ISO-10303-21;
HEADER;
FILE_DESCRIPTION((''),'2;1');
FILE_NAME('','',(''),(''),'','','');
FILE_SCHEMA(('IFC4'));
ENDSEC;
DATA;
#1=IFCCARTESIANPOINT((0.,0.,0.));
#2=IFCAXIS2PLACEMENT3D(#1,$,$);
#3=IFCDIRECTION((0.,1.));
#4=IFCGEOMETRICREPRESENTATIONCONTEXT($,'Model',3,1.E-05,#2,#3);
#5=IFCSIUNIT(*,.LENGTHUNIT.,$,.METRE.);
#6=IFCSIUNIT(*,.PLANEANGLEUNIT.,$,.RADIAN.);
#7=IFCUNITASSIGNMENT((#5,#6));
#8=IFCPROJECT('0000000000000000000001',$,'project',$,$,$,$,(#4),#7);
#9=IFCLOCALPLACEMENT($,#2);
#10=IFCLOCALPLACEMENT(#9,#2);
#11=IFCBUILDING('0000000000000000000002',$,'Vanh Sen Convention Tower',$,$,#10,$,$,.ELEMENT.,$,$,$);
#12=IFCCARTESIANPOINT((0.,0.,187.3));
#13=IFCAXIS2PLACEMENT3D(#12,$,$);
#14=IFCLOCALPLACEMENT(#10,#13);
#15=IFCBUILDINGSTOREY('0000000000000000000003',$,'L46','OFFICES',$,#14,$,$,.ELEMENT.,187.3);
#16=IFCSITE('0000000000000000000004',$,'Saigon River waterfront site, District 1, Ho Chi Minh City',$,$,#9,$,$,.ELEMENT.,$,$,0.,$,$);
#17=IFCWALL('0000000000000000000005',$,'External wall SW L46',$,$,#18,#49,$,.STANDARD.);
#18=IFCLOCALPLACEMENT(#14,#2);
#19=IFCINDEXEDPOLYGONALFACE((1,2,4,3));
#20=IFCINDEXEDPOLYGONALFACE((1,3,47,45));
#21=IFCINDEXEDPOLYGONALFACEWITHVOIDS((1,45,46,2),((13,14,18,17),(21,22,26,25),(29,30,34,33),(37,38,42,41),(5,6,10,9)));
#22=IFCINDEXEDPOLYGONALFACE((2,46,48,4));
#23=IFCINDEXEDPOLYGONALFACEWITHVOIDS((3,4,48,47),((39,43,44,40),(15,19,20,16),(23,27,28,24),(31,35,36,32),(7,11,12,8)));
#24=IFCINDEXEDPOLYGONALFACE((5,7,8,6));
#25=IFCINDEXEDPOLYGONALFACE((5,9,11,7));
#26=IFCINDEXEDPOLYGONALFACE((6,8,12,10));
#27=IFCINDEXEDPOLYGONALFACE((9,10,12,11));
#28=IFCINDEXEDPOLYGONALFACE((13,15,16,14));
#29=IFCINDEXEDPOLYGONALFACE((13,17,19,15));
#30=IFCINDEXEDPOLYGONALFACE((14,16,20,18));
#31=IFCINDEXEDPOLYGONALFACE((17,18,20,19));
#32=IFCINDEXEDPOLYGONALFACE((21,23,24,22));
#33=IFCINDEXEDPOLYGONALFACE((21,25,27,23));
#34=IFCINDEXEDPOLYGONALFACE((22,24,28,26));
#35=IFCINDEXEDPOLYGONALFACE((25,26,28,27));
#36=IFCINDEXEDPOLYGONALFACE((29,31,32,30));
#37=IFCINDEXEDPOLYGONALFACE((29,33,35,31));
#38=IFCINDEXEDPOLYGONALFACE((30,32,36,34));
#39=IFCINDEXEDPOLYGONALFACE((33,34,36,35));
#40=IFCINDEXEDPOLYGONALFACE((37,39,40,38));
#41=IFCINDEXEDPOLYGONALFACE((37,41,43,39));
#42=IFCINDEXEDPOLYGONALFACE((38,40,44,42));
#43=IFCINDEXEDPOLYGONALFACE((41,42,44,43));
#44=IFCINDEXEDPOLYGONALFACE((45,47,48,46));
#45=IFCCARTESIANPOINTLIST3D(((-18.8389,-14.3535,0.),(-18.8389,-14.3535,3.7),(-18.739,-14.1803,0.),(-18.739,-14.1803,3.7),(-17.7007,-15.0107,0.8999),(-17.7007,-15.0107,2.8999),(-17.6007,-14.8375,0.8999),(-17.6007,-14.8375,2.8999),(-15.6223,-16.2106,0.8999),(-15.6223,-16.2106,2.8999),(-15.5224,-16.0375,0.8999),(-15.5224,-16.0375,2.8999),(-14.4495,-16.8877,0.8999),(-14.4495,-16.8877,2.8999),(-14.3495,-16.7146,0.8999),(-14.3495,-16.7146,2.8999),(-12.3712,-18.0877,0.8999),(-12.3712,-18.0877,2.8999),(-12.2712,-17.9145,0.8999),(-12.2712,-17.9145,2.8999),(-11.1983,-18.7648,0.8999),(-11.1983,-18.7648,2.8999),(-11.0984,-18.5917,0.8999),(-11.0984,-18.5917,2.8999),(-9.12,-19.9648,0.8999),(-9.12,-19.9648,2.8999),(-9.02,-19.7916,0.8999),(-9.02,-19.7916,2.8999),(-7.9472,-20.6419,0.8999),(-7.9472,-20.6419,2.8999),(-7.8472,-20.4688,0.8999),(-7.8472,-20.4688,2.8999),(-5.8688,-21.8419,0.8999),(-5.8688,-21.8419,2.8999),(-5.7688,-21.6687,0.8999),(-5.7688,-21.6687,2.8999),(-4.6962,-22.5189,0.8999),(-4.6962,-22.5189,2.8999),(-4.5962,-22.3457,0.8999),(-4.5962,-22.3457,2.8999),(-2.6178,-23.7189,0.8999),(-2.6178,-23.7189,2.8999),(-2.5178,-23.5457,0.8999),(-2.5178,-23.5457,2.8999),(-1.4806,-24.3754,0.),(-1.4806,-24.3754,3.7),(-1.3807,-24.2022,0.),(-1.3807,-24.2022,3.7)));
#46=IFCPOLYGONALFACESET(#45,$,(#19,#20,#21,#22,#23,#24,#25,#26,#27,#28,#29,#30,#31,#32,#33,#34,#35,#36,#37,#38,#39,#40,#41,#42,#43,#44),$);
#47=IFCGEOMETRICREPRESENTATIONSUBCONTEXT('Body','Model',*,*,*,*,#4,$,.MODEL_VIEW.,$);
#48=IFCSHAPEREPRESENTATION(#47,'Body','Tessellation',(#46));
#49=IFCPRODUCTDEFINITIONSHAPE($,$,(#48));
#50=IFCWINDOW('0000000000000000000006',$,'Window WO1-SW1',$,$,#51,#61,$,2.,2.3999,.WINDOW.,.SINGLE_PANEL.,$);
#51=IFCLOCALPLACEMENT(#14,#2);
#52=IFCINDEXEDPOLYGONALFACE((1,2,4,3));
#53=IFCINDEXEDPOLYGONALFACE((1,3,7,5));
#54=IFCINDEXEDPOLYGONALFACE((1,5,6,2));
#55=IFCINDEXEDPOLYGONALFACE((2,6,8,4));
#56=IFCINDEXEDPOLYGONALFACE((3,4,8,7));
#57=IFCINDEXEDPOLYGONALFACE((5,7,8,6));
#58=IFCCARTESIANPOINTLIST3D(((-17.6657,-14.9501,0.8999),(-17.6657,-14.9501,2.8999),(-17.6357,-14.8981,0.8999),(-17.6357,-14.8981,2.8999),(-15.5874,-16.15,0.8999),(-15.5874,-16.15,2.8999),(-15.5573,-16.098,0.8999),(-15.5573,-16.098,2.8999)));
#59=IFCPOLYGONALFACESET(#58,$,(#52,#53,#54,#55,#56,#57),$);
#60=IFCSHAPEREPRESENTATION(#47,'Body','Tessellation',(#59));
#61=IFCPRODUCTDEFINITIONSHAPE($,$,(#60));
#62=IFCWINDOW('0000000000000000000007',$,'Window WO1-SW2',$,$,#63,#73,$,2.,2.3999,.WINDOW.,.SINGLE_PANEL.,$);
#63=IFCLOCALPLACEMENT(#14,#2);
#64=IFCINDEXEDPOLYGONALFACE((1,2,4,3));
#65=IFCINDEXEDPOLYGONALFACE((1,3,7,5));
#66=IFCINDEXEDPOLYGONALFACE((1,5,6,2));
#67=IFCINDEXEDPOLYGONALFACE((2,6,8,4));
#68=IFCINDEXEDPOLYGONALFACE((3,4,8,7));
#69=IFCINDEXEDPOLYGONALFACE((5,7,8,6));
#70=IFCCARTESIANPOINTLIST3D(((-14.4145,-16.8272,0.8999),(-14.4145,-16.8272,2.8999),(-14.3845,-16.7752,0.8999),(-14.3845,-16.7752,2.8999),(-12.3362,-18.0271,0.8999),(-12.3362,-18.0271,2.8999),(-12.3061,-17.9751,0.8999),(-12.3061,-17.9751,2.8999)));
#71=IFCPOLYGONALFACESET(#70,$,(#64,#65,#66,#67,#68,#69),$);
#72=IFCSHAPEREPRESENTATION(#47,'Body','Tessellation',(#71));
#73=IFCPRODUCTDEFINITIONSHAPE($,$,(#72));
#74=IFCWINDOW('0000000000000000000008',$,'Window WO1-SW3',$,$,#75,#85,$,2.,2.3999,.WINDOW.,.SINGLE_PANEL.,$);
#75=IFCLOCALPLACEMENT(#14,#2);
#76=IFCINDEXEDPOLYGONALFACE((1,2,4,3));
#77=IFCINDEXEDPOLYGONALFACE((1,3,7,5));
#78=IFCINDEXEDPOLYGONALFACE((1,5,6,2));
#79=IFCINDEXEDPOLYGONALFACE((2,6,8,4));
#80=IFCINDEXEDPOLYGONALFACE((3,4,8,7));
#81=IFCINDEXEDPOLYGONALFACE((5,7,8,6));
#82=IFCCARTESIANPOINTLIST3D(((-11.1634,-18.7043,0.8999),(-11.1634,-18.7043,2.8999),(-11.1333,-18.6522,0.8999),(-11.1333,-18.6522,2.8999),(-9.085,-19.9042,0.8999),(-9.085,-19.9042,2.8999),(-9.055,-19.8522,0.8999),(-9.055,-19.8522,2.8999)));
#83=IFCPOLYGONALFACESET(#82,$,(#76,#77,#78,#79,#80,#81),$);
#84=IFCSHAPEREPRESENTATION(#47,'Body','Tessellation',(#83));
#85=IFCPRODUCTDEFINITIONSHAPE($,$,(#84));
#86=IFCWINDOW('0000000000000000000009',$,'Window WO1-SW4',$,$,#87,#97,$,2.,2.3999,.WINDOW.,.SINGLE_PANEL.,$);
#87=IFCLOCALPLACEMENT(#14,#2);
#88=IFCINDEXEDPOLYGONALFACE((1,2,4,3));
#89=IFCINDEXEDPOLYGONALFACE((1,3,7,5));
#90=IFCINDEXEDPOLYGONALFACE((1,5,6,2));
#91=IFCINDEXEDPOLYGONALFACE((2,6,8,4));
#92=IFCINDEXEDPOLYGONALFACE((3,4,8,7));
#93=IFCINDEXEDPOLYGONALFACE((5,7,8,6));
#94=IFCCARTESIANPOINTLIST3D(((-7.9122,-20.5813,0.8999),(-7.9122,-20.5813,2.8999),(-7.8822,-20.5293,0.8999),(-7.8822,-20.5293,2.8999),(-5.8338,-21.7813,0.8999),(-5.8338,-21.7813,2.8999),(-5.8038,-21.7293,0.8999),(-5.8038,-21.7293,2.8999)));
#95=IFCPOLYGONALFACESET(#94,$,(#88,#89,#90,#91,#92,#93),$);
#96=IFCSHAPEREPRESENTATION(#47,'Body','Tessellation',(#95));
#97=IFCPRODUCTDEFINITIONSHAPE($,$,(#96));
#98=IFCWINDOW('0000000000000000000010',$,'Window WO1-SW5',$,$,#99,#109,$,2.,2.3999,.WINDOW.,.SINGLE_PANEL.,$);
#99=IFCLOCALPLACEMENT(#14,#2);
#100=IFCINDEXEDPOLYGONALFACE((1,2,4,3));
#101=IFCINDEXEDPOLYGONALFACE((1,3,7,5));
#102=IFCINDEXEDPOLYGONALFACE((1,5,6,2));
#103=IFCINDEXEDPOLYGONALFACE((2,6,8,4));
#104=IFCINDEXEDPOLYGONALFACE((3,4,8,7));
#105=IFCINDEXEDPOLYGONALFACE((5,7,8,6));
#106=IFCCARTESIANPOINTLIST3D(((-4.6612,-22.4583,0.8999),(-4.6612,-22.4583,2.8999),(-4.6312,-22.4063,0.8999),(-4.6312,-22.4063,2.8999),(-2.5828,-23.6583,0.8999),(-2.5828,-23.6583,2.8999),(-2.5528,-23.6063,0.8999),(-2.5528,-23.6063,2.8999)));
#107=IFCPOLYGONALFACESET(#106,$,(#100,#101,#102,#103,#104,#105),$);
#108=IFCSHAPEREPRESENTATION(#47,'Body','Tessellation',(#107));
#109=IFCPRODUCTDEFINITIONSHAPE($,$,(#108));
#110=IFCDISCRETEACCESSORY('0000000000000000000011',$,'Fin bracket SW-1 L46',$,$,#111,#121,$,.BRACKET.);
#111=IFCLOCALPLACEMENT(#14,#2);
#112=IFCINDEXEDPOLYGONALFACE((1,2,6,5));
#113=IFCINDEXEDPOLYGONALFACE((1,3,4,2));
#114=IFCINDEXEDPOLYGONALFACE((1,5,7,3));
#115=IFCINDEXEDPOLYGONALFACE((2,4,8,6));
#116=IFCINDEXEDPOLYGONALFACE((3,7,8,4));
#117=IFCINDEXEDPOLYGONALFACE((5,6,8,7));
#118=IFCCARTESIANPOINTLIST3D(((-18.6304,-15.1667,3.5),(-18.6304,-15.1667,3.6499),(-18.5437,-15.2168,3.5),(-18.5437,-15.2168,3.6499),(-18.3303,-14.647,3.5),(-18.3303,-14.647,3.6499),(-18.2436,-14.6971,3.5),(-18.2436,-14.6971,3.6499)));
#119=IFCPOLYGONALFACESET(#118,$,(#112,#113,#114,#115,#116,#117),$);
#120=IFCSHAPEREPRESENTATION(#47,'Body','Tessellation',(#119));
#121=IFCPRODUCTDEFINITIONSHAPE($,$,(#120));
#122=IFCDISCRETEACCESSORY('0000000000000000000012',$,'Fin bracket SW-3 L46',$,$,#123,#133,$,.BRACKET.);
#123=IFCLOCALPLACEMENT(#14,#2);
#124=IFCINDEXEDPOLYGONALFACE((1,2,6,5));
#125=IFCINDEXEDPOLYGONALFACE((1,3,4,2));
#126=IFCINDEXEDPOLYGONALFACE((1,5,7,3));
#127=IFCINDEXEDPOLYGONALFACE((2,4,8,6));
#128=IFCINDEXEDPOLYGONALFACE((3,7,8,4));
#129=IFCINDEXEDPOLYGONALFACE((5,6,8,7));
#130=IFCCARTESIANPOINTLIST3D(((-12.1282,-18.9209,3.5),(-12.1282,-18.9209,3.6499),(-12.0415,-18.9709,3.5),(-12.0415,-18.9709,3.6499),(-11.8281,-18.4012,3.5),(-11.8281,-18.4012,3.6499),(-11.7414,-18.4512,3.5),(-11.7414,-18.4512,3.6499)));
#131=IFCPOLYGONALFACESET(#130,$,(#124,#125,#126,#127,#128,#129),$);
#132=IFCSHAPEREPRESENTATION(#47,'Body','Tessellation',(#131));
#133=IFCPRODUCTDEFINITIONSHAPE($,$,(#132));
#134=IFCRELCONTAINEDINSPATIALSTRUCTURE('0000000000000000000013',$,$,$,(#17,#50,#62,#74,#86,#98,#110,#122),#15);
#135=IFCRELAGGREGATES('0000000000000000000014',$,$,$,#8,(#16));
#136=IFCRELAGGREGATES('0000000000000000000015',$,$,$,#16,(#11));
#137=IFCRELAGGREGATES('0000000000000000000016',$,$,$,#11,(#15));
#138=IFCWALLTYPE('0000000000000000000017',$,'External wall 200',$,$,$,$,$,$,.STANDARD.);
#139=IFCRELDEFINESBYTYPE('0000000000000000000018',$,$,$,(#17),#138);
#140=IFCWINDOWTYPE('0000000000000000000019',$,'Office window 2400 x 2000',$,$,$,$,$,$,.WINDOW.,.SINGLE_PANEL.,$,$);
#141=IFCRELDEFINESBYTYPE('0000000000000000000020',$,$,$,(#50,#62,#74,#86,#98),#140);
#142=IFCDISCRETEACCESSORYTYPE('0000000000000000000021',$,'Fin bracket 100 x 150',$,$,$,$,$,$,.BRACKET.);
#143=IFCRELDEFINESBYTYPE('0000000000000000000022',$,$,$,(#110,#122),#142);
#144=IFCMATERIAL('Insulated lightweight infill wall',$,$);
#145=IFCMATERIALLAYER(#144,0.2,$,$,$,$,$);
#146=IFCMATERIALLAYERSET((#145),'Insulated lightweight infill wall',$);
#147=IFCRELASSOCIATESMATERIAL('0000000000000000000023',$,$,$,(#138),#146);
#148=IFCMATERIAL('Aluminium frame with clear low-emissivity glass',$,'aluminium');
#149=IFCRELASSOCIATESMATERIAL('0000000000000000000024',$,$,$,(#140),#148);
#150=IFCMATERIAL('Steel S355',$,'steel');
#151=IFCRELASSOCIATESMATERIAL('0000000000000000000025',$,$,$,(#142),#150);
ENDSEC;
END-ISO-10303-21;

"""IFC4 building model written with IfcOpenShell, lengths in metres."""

from ifc_helpers import new_model, si_unit, direction, frame, frame_2d, origin, origin_2d, place, context, subcontext, project, spatial, rectangle, extrude, material, layer, layer_set, type_object, element, fill, save


model = new_model("IFC4")

# Units and contexts
model_context = context("Model", 3, precision=1e-05, world=origin(), true_north=direction((0.0, 1.0)))
body_context = subcontext(model_context, "Body", "Model", "MODEL_VIEW")
ifc_project = project(units=[si_unit("LENGTHUNIT", "METRE"), si_unit("PLANEANGLEUNIT", "RADIAN")], contexts=[model_context])

# Site, building, storey
site_placement = place(None, origin())
site = spatial("IfcSite", under=ifc_project, at=site_placement, Name="Saigon River waterfront site, District 1, Ho Chi Minh City", CompositionType="ELEMENT", RefElevation=0.0)
building_placement = place(site_placement, origin())
building = spatial("IfcBuilding", under=site, at=building_placement, Name="Vanh Sen Convention Tower", CompositionType="ELEMENT")
storey_placement = place(building_placement, frame((0.0, 0.0, 187.3)))
storey = spatial("IfcBuildingStorey", under=building, at=storey_placement, Name="L46", Description="OFFICES", CompositionType="ELEMENT", Elevation=187.3)

# Wall, openings, windows
ifc_material_1 = material(Name="Insulated lightweight infill wall")
ifc_layer_1 = layer(ifc_material_1, 0.2)
ifc_layer_set_1 = layer_set([ifc_layer_1], Name="Insulated lightweight infill wall")
wall_type_1 = type_object("IfcWallType", Name="External wall 200", PredefinedType="STANDARD", material=ifc_layer_set_1)
wall_1_placement = place(storey_placement, frame((-18.7891, -14.2668, 0.0), z_axis=(0.0, 0.0, 1.0), x_axis=(0.866023, -0.500004, 0.0)))
wall_1 = element("IfcWall", 1, at=wall_1_placement, inside=storey, type_object=wall_type_1, Name="External wall SW L46", PredefinedType="STANDARD", context=body_context, shape_type="SweptSolid", body=[
    extrude(rectangle(XDim=20.0437, YDim=0.2, at=frame_2d((10.022, 0.0))), origin(), (0.0, 0.0, 1.0), 3.7),
])
opening_1_placement = place(wall_1_placement, frame((1.3145, 0.0, 0.8999)))
opening_1 = element("IfcOpeningElement", 2, at=opening_1_placement, cuts=wall_1, PredefinedType="OPENING", context=body_context, shape_type="SweptSolid", body=[
    extrude(rectangle(XDim=2.3999, YDim=2.0, at=frame_2d((1.2, 1.0))), frame((0.0, 0.1099, 0.0), z_axis=(0.0, -1.0, 0.0), x_axis=(1.0, 0.0, 0.0)), (0.0, 0.0, 1.0), 0.22),
])
opening_2_placement = place(wall_1_placement, frame((5.0686, 0.0, 0.8999)))
opening_2 = element("IfcOpeningElement", 3, at=opening_2_placement, cuts=wall_1, PredefinedType="OPENING", context=body_context, shape_type="SweptSolid", body=[
    extrude(rectangle(XDim=2.3999, YDim=2.0, at=frame_2d((1.2, 1.0))), frame((0.0, 0.1099, 0.0), z_axis=(0.0, -1.0, 0.0), x_axis=(1.0, 0.0, 0.0)), (0.0, 0.0, 1.0), 0.22),
])
opening_3_placement = place(wall_1_placement, frame((8.8228, 0.0, 0.8999)))
opening_3 = element("IfcOpeningElement", 4, at=opening_3_placement, cuts=wall_1, PredefinedType="OPENING", context=body_context, shape_type="SweptSolid", body=[
    extrude(rectangle(XDim=2.3999, YDim=2.0, at=frame_2d((1.2, 1.0))), frame((0.0, 0.1099, 0.0), z_axis=(0.0, -1.0, 0.0), x_axis=(1.0, 0.0, 0.0)), (0.0, 0.0, 1.0), 0.22),
])
opening_4_placement = place(wall_1_placement, frame((12.5769, 0.0, 0.8999)))
opening_4 = element("IfcOpeningElement", 5, at=opening_4_placement, cuts=wall_1, PredefinedType="OPENING", context=body_context, shape_type="SweptSolid", body=[
    extrude(rectangle(XDim=2.3999, YDim=2.0, at=frame_2d((1.2, 1.0))), frame((0.0, 0.1099, 0.0), z_axis=(0.0, -1.0, 0.0), x_axis=(1.0, 0.0, 0.0)), (0.0, 0.0, 1.0), 0.22),
])
opening_5_placement = place(wall_1_placement, frame((16.3308, 0.0, 0.8999)))
opening_5 = element("IfcOpeningElement", 6, at=opening_5_placement, cuts=wall_1, PredefinedType="OPENING", context=body_context, shape_type="SweptSolid", body=[
    extrude(rectangle(XDim=2.3999, YDim=2.0, at=frame_2d((1.2, 1.0))), frame((0.0, 0.1099, 0.0), z_axis=(0.0, -1.0, 0.0), x_axis=(1.0, 0.0, 0.0)), (0.0, 0.0, 1.0), 0.22),
])
ifc_material_2 = material(Name="Aluminium frame with clear low-emissivity glass", Category="aluminium")
window_type = type_object("IfcWindowType", Name="Office window 2400 x 2000", PartitioningType="SINGLE_PANEL", PredefinedType="WINDOW", material=ifc_material_2)
window_1_placement = place(opening_1_placement, origin())
window_1 = element("IfcWindow", 7, at=window_1_placement, inside=storey, type_object=window_type, Name="Window WO1-SW1", OverallHeight=2.0, OverallWidth=2.3999, PartitioningType="SINGLE_PANEL", PredefinedType="WINDOW", context=body_context, shape_type="SweptSolid", body=[
    extrude(rectangle(XDim=2.3999, YDim=2.0, at=frame_2d((1.2, 1.0))), frame((0.0, 0.03, 0.0), z_axis=(0.0, -1.0, 0.0), x_axis=(1.0, 0.0, 0.0)), (0.0, 0.0, 1.0), 0.0601),
])
fill(opening_1, window_1)
window_2_placement = place(opening_2_placement, origin())
window_2 = element("IfcWindow", 8, at=window_2_placement, inside=storey, type_object=window_type, Name="Window WO1-SW2", OverallHeight=2.0, OverallWidth=2.3999, PartitioningType="SINGLE_PANEL", PredefinedType="WINDOW", context=body_context, shape_type="SweptSolid", body=[
    extrude(rectangle(XDim=2.3999, YDim=2.0, at=frame_2d((1.2, 1.0))), frame((0.0, 0.03, 0.0), z_axis=(0.0, -1.0, 0.0), x_axis=(1.0, 0.0, 0.0)), (0.0, 0.0, 1.0), 0.0601),
])
fill(opening_2, window_2)
window_3_placement = place(opening_3_placement, origin())
window_3 = element("IfcWindow", 9, at=window_3_placement, inside=storey, type_object=window_type, Name="Window WO1-SW3", OverallHeight=2.0, OverallWidth=2.3999, PartitioningType="SINGLE_PANEL", PredefinedType="WINDOW", context=body_context, shape_type="SweptSolid", body=[
    extrude(rectangle(XDim=2.3999, YDim=2.0, at=frame_2d((1.2, 1.0))), frame((0.0, 0.03, 0.0), z_axis=(0.0, -1.0, 0.0), x_axis=(1.0, 0.0, 0.0)), (0.0, 0.0, 1.0), 0.0601),
])
fill(opening_3, window_3)
window_4_placement = place(opening_4_placement, origin())
window_4 = element("IfcWindow", 10, at=window_4_placement, inside=storey, type_object=window_type, Name="Window WO1-SW4", OverallHeight=2.0, OverallWidth=2.3999, PartitioningType="SINGLE_PANEL", PredefinedType="WINDOW", context=body_context, shape_type="SweptSolid", body=[
    extrude(rectangle(XDim=2.3999, YDim=2.0, at=frame_2d((1.2, 1.0))), frame((0.0, 0.03, 0.0), z_axis=(0.0, -1.0, 0.0), x_axis=(1.0, 0.0, 0.0)), (0.0, 0.0, 1.0), 0.0601),
])
fill(opening_4, window_4)
window_5_placement = place(opening_5_placement, origin())
window_5 = element("IfcWindow", 11, at=window_5_placement, inside=storey, type_object=window_type, Name="Window WO1-SW5", OverallHeight=2.0, OverallWidth=2.3999, PartitioningType="SINGLE_PANEL", PredefinedType="WINDOW", context=body_context, shape_type="SweptSolid", body=[
    extrude(rectangle(XDim=2.3999, YDim=2.0, at=frame_2d((1.2, 1.0))), frame((0.0, 0.03, 0.0), z_axis=(0.0, -1.0, 0.0), x_axis=(1.0, 0.0, 0.0)), (0.0, 0.0, 1.0), 0.0601),
])
fill(opening_5, window_5)

# Discrete accessories
ifc_material_3 = material(Name="Steel S355", Category="steel")
discrete_accessory_type = type_object("IfcDiscreteAccessoryType", Name="Fin bracket 100 x 150", PredefinedType="BRACKET", material=ifc_material_3)
for number, where, z_axis, x_axis, name in (
    (12, (-18.437, -14.9319, 3.5), (0.0, 0.0, 1.0), (-0.5, -0.866025, 0.0), "Fin bracket SW-1 L46"),
    (13, (-11.9348, -18.686, 3.5), (0.0, 0.0, 1.0), (-0.5, -0.866025, 0.0), "Fin bracket SW-3 L46"),
):
    element("IfcDiscreteAccessory", number, at=place(storey_placement, frame(where, z_axis=z_axis, x_axis=x_axis)), inside=storey, type_object=discrete_accessory_type, Name=name, PredefinedType="BRACKET", context=body_context, shape_type="SweptSolid", body=[
        extrude(rectangle(XDim=0.6001, YDim=0.1001, at=origin_2d()), origin(), (0.0, 0.0, 1.0), 0.1499),
    ])

save(model, "model.ifc")
